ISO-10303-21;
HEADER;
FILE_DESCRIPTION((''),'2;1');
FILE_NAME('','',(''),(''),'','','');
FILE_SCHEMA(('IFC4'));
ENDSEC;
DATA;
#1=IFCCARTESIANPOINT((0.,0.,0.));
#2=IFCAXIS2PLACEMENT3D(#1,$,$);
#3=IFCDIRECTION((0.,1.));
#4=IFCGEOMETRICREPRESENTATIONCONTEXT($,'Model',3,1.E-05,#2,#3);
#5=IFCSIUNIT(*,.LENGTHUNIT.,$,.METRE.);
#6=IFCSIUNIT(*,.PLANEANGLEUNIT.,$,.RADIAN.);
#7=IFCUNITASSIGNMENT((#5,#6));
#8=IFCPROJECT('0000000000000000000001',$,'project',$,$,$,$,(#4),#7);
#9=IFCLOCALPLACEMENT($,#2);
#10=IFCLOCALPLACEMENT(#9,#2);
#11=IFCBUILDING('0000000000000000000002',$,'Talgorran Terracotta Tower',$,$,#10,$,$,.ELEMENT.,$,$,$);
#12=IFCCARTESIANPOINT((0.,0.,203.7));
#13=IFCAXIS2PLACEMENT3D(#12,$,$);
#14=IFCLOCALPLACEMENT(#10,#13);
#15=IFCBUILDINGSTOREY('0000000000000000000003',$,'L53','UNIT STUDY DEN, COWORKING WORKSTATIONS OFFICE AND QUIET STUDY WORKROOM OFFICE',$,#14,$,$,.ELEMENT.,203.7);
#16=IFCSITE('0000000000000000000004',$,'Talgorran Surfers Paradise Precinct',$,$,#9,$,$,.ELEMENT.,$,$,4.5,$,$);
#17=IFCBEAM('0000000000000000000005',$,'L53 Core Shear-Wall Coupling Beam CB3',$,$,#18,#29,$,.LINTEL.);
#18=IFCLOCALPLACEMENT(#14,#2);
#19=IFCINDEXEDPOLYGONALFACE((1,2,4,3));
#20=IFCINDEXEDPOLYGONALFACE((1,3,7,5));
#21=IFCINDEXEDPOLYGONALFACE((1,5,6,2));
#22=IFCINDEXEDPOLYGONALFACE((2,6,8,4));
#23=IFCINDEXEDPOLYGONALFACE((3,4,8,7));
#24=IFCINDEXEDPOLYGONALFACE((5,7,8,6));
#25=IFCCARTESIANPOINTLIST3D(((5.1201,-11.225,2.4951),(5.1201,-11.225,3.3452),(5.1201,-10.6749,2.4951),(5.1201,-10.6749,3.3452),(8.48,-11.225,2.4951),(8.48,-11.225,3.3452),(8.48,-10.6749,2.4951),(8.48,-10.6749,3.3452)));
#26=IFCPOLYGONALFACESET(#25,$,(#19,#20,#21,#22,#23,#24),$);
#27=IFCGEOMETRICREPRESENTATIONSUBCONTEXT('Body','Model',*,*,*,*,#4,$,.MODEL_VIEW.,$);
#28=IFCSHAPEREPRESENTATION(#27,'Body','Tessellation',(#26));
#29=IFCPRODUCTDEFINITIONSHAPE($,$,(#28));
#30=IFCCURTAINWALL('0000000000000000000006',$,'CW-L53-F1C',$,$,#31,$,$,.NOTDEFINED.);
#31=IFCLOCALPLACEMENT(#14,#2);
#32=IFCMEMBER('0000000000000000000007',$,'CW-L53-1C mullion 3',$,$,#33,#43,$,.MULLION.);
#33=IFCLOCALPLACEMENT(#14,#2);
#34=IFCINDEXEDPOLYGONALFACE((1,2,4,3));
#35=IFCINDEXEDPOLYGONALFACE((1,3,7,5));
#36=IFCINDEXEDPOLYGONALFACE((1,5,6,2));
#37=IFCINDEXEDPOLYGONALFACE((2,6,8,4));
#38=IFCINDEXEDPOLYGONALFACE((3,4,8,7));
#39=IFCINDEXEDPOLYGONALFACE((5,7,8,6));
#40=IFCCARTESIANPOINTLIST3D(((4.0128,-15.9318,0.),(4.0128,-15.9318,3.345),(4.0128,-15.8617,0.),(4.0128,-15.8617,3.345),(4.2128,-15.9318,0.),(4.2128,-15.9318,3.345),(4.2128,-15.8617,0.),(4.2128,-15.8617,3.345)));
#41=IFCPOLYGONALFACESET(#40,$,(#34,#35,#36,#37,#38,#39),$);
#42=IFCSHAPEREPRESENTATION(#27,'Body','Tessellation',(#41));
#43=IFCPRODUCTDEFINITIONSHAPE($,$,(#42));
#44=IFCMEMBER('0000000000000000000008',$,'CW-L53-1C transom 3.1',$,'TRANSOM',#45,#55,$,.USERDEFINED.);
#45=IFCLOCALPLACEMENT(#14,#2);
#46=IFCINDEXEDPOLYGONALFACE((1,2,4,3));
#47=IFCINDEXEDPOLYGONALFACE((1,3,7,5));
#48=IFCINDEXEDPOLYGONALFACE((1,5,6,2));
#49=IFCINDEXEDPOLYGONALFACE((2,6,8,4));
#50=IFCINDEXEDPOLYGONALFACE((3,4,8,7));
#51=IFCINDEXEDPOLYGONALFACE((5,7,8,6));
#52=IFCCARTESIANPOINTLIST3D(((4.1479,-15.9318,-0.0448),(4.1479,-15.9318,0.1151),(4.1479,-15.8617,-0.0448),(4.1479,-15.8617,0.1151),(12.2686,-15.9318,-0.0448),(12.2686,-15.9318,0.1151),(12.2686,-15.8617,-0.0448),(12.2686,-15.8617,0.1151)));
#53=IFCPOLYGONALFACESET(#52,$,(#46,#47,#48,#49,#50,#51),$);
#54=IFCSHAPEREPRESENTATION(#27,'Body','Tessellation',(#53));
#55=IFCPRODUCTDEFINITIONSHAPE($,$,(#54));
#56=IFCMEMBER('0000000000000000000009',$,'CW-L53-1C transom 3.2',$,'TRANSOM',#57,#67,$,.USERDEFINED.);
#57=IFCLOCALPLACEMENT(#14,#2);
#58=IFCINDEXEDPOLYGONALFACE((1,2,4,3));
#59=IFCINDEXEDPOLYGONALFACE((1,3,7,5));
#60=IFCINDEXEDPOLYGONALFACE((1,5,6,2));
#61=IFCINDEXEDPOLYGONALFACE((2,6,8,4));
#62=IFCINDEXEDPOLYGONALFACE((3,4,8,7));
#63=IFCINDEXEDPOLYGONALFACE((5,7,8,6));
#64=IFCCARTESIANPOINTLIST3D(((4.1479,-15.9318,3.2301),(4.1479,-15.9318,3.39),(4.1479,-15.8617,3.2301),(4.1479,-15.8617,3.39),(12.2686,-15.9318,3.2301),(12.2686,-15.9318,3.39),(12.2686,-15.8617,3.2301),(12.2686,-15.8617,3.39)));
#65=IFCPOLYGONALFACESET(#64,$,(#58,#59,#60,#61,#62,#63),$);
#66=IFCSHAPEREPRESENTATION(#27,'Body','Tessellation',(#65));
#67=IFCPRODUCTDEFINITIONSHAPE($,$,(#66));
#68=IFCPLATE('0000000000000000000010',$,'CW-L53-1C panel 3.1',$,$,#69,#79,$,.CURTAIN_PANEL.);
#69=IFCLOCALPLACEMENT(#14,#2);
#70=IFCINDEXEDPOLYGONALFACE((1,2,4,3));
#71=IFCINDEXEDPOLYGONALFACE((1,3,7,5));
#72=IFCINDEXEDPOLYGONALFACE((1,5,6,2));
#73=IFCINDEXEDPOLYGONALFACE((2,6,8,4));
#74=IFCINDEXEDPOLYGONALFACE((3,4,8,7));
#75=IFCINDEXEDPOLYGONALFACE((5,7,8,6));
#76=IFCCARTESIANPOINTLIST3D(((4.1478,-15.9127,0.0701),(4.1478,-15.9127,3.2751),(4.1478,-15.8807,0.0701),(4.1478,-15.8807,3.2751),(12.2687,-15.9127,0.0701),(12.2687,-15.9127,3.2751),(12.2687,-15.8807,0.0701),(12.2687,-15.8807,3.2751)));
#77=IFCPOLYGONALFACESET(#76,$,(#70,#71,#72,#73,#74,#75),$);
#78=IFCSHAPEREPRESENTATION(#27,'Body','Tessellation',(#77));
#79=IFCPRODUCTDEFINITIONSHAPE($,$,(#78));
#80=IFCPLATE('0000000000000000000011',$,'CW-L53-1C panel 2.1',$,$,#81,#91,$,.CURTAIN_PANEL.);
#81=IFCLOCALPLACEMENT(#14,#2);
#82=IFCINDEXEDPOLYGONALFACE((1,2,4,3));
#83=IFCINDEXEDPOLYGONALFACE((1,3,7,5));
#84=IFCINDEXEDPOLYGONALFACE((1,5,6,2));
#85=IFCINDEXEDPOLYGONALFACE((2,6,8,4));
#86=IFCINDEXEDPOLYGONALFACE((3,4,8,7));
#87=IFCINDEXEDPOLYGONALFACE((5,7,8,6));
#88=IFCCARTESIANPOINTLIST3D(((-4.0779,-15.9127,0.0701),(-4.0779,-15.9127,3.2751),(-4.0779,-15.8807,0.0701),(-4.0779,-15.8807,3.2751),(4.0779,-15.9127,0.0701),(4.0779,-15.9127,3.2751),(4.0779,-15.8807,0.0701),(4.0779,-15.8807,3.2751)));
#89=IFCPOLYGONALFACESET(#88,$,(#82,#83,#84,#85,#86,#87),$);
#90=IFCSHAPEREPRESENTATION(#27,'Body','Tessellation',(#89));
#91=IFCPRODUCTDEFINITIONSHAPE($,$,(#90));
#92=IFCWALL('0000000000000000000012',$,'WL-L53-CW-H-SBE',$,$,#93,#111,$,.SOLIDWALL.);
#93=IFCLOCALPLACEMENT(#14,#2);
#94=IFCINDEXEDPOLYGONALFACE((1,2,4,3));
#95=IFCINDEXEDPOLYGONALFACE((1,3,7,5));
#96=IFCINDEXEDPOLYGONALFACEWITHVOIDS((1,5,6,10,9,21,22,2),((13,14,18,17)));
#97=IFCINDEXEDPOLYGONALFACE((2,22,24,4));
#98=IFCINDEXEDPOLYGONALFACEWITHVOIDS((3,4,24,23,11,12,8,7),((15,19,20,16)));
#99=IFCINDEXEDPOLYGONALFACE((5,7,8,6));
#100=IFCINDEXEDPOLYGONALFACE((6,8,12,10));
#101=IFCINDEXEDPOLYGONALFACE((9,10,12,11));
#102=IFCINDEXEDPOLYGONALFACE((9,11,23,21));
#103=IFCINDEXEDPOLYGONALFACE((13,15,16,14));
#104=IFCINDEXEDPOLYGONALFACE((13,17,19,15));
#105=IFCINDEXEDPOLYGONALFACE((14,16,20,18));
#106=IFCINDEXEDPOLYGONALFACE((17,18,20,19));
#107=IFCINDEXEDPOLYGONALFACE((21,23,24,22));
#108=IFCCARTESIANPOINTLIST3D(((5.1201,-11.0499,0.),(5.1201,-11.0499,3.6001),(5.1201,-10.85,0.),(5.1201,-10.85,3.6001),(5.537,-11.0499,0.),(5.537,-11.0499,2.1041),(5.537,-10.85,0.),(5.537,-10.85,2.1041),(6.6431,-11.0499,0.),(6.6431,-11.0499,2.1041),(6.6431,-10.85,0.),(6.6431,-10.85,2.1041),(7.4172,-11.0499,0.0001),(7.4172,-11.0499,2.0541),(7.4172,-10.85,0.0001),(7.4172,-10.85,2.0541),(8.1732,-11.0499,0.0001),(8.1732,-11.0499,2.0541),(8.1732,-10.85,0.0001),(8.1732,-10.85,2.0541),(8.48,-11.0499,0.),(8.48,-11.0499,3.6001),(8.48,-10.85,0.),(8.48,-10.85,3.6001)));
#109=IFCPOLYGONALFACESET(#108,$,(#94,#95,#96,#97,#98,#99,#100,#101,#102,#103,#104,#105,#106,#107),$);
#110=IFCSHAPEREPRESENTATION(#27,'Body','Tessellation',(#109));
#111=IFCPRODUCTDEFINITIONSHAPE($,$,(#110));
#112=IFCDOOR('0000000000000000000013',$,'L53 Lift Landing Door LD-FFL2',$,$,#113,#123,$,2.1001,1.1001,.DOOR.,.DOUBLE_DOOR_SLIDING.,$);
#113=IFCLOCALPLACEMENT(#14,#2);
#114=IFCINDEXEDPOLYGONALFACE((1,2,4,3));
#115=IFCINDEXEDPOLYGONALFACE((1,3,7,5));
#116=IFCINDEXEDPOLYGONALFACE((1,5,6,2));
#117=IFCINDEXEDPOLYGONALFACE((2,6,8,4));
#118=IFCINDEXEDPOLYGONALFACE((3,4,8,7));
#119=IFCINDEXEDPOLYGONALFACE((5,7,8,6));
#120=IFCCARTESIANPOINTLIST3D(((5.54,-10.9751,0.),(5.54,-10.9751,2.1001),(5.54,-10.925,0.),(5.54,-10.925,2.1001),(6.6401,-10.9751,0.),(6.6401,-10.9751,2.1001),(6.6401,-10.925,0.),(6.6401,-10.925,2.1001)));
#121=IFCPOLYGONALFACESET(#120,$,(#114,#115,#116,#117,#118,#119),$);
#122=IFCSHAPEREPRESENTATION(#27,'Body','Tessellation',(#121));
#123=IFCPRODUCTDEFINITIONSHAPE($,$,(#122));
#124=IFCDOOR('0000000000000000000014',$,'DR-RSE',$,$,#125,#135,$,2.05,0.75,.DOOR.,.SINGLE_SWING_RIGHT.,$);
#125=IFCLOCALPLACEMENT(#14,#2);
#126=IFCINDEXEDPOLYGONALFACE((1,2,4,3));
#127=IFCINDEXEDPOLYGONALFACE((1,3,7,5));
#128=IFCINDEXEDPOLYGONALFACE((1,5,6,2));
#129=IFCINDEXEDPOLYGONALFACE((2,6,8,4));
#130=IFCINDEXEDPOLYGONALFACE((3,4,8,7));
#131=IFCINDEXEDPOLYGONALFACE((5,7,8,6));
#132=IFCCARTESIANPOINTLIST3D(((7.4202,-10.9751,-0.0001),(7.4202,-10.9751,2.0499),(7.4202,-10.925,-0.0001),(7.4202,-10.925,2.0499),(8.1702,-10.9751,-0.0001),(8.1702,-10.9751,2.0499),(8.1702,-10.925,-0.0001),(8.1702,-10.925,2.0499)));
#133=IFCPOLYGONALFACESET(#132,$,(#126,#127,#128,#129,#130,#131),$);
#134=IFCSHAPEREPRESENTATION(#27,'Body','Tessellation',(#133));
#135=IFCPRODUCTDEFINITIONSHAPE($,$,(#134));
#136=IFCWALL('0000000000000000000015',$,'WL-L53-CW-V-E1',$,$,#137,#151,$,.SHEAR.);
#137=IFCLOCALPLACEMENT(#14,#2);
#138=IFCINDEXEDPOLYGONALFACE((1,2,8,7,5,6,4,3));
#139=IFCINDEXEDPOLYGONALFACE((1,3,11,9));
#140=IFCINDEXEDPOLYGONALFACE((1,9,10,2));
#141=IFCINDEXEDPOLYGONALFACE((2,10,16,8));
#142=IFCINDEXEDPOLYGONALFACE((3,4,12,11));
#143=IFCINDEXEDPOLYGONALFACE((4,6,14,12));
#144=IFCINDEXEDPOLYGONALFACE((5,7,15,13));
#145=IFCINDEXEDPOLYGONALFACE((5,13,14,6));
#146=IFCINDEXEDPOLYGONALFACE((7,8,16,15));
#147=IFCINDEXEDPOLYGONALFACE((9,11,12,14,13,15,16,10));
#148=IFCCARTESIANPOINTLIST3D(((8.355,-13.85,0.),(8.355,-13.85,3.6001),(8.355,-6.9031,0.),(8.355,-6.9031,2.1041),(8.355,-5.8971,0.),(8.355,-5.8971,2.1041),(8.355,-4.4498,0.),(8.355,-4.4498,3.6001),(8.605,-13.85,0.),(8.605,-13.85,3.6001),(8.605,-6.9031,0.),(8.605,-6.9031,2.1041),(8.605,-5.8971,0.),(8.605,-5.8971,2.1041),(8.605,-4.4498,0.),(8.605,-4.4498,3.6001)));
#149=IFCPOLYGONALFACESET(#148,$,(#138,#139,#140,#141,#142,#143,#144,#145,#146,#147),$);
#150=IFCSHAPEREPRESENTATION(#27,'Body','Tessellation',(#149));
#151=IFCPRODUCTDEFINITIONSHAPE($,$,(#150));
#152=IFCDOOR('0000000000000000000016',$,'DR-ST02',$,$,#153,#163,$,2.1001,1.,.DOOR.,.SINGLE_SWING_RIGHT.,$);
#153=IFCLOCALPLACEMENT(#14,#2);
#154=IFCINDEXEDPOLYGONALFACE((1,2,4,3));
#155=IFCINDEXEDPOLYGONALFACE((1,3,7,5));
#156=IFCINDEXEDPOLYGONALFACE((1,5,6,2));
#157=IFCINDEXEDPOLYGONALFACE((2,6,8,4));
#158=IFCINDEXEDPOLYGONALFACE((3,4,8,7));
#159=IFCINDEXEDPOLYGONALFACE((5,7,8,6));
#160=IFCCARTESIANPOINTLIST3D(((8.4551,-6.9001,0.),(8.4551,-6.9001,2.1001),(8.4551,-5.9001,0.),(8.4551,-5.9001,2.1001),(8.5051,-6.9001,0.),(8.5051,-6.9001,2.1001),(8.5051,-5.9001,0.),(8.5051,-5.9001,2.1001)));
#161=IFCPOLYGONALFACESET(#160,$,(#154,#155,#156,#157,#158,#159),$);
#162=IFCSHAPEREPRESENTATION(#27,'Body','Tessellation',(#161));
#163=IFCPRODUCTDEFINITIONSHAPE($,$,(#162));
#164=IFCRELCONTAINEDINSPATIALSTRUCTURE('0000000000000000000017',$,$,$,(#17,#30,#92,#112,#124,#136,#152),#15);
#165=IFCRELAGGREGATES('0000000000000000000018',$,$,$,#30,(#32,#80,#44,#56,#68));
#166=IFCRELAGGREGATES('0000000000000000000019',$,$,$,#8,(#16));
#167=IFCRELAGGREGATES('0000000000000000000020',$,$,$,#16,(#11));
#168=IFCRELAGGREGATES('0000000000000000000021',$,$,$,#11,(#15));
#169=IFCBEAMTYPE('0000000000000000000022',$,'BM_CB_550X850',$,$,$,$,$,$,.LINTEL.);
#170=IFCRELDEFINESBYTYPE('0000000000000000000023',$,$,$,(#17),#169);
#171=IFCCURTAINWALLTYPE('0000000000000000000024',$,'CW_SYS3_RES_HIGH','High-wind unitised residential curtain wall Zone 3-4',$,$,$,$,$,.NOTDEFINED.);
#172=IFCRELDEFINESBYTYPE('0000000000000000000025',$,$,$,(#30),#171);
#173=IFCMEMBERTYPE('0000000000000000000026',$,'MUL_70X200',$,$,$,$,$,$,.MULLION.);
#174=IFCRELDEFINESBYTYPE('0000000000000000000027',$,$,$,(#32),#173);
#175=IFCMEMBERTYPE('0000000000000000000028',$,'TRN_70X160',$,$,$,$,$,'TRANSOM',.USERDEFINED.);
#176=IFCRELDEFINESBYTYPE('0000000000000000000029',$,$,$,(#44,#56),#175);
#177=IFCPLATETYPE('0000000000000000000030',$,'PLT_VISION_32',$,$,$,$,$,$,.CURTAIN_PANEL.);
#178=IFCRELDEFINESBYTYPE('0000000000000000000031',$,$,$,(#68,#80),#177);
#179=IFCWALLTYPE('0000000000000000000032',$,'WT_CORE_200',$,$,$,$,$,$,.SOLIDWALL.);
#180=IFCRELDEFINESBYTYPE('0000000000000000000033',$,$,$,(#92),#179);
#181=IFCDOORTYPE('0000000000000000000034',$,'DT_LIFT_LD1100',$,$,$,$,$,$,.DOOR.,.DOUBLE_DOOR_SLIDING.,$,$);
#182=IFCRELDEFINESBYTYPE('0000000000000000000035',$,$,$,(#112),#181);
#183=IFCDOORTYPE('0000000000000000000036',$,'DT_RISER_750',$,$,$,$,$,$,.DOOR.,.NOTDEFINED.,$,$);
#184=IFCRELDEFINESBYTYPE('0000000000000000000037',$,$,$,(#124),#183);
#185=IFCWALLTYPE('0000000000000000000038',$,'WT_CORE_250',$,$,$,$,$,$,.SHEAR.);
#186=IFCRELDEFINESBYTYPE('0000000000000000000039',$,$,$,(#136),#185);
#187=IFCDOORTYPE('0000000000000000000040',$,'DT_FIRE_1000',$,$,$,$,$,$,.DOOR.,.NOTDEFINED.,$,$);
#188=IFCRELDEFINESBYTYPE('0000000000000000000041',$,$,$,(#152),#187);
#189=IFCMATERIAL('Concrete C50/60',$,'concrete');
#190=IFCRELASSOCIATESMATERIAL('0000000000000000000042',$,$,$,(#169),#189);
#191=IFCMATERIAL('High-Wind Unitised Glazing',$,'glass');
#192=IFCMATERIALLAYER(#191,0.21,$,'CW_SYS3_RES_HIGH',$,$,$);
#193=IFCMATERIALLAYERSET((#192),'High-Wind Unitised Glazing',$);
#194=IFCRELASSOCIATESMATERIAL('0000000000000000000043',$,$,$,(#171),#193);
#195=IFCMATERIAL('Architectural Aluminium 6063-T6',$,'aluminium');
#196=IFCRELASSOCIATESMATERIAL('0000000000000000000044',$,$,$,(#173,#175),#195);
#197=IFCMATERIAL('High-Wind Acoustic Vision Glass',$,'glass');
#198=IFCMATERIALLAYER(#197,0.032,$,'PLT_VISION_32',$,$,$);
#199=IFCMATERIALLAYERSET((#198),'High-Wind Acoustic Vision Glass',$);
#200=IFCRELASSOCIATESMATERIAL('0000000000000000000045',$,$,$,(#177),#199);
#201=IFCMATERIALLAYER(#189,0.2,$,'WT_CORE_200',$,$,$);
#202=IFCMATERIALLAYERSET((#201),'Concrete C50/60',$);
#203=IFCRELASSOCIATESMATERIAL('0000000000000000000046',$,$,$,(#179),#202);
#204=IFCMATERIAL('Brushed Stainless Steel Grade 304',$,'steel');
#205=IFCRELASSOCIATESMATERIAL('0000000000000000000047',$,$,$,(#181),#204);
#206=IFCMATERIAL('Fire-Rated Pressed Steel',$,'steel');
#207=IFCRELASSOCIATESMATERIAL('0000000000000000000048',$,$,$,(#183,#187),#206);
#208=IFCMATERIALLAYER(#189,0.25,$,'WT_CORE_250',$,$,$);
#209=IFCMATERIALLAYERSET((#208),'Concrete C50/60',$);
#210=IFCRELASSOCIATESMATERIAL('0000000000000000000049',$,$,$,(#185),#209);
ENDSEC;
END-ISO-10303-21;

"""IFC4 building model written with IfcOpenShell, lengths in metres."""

from ifc_helpers import new_model, si_unit, direction, frame, frame_2d, origin, origin_2d, place, context, subcontext, project, spatial, rectangle, extrude, source, transform, mapped, material, layer, layer_set, material_profile, profile_set, type_object, type_shapes, element, fill, aggregate, save


model = new_model("IFC4")

# Units and contexts
model_context = context("Model", 3, precision=1e-05, world=origin(), true_north=direction((0.0, 1.0)))
body_context = subcontext(model_context, "Body", "Model", "MODEL_VIEW")
ifc_project = project(units=[si_unit("LENGTHUNIT", "METRE"), si_unit("PLANEANGLEUNIT", "RADIAN")], contexts=[model_context])

# Site, building, storey
site_placement = place(None, origin())
site = spatial("IfcSite", under=ifc_project, at=site_placement, Name="Talgorran Surfers Paradise Precinct", CompositionType="ELEMENT", RefElevation=4.5)
building_placement = place(site_placement, origin())
building = spatial("IfcBuilding", under=site, at=building_placement, Name="Talgorran Terracotta Tower", CompositionType="ELEMENT")
storey_placement = place(building_placement, frame((0.0, 0.0, 203.7)))
storey = spatial("IfcBuildingStorey", under=building, at=storey_placement, Name="L53", Description="UNIT STUDY DEN, COWORKING WORKSTATIONS OFFICE AND QUIET STUDY WORKROOM OFFICE", CompositionType="ELEMENT", Elevation=203.7)

# Beam
ifc_material_1 = material(Name="Concrete C50/60", Category="concrete")
ifc_material_profile_1 = material_profile(ifc_material_1, rectangle(XDim=0.55, YDim=0.8501, at=origin_2d()), Name="RCCB550X850")
ifc_profile_set_1 = profile_set([ifc_material_profile_1], Name="Concrete C50/60")
beam_type = type_object("IfcBeamType", Name="BM_CB_550X850", PredefinedType="LINTEL", material=ifc_profile_set_1)
beam_placement = place(storey_placement, frame((5.1201, -10.95, 2.9202), z_axis=(1.0, 0.0, 0.0), x_axis=(0.0, 1.0, 0.0)))
element("IfcBeam", 1, at=beam_placement, inside=storey, type_object=beam_type, Name="L53 Core Shear-Wall Coupling Beam CB3", PredefinedType="LINTEL", context=body_context, shape_type="SweptSolid", body=[
    extrude(rectangle(XDim=0.55, YDim=0.8501, at=origin_2d()), origin(), (0.0, 0.0, 1.0), 3.3599),
])

# Curtain wall, members, plates
ifc_material_2 = material(Name="High-Wind Unitised Glazing", Category="glass")
ifc_layer_1 = layer(ifc_material_2, 0.21, Name="CW_SYS3_RES_HIGH")
ifc_layer_set_1 = layer_set([ifc_layer_1], Name="High-Wind Unitised Glazing")
curtain_wall_type = type_object("IfcCurtainWallType", Name="CW_SYS3_RES_HIGH", Description="High-wind unitised residential curtain wall Zone 3-4", PredefinedType="NOTDEFINED", material=ifc_layer_set_1)
curtain_wall_placement = place(storey_placement, origin())
curtain_wall = element("IfcCurtainWall", 2, at=curtain_wall_placement, inside=storey, type_object=curtain_wall_type, Name="CW-L53-F1C", PredefinedType="NOTDEFINED")
ifc_material_3 = material(Name="Architectural Aluminium 6063-T6", Category="aluminium")
ifc_material_profile_2 = material_profile(ifc_material_3, rectangle(XDim=0.0701, YDim=0.2, at=origin_2d()), Name="CWM70X200")
ifc_profile_set_2 = profile_set([ifc_material_profile_2], Name="Architectural Aluminium 6063-T6")
member_type_1 = type_object("IfcMemberType", Name="MUL_70X200", PredefinedType="MULLION", material=ifc_profile_set_2)
member_1_placement = place(storey_placement, frame((4.1128, -15.8967, 0.0), z_axis=(0.0, 0.0, 1.0), x_axis=(0.0, 1.0, 0.0)))
member_1 = element("IfcMember", 3, at=member_1_placement, type_object=member_type_1, Name="CW-L53-1C mullion 3", PredefinedType="MULLION", context=body_context, shape_type="SweptSolid", body=[
    extrude(rectangle(XDim=0.0701, YDim=0.2, at=origin_2d()), origin(), (0.0, 0.0, 1.0), 3.345),
])
ifc_material_profile_3 = material_profile(ifc_material_3, rectangle(XDim=0.0701, YDim=0.1599, at=origin_2d()), Name="CWT70X160")
ifc_profile_set_3 = profile_set([ifc_material_profile_3], Name="Architectural Aluminium 6063-T6")
member_type_2 = type_object("IfcMemberType", Name="TRN_70X160", ElementType="TRANSOM", PredefinedType="USERDEFINED", material=ifc_profile_set_3)
member_2_placement = place(storey_placement, frame((4.1479, -15.8967, 0.0352), z_axis=(1.0, 0.0, 0.0), x_axis=(0.0, 1.0, 0.0)))
member_2 = element("IfcMember", 4, at=member_2_placement, type_object=member_type_2, Name="CW-L53-1C transom 3.1", ObjectType="TRANSOM", PredefinedType="USERDEFINED", context=body_context, shape_type="SweptSolid", body=[
    extrude(rectangle(XDim=0.0701, YDim=0.1599, at=origin_2d()), origin(), (0.0, 0.0, 1.0), 8.1206),
])
member_3_placement = place(storey_placement, frame((4.1479, -15.8967, 3.3101), z_axis=(1.0, 0.0, 0.0), x_axis=(0.0, 1.0, 0.0)))
member_3 = element("IfcMember", 5, at=member_3_placement, type_object=member_type_2, Name="CW-L53-1C transom 3.2", ObjectType="TRANSOM", PredefinedType="USERDEFINED", context=body_context, shape_type="SweptSolid", body=[
    extrude(rectangle(XDim=0.0701, YDim=0.1599, at=origin_2d()), origin(), (0.0, 0.0, 1.0), 8.1206),
])
ifc_material_4 = material(Name="High-Wind Acoustic Vision Glass", Category="glass")
ifc_layer_2 = layer(ifc_material_4, 0.032, Name="PLT_VISION_32")
ifc_layer_set_2 = layer_set([ifc_layer_2], Name="High-Wind Acoustic Vision Glass")
plate_type = type_object("IfcPlateType", Name="PLT_VISION_32", PredefinedType="CURTAIN_PANEL", material=ifc_layer_set_2)
shared_shape_1 = source(origin(), body_context, "Body", "SweptSolid", [
    extrude(rectangle(XDim=8.1208, YDim=0.032, at=origin_2d()), origin(), (0.0, 0.0, 1.0), 3.2051),
])
plate_1_placement = place(storey_placement, frame((8.2083, -15.8967, 0.0701), z_axis=(0.0, 0.0, 1.0), x_axis=(1.0, 0.0, 0.0)))
plate_1 = element("IfcPlate", 6, at=plate_1_placement, type_object=plate_type, Name="CW-L53-1C panel 3.1", PredefinedType="CURTAIN_PANEL", context=body_context, shape_type="MappedRepresentation", body=[
    mapped(shared_shape_1, transform((0.0, 0.0, 0.0), scale=1.0)),
])
shared_shape_2 = source(origin(), body_context, "Body", "SweptSolid", [
    extrude(rectangle(XDim=8.1558, YDim=0.032, at=origin_2d()), origin(), (0.0, 0.0, 1.0), 3.2051),
])
type_shapes(plate_type, [shared_shape_1, shared_shape_2])
plate_2_placement = place(storey_placement, frame((0.0, -15.8967, 0.0701), z_axis=(0.0, 0.0, 1.0), x_axis=(1.0, 0.0, 0.0)))
plate_2 = element("IfcPlate", 7, at=plate_2_placement, type_object=plate_type, Name="CW-L53-1C panel 2.1", PredefinedType="CURTAIN_PANEL", context=body_context, shape_type="MappedRepresentation", body=[
    mapped(shared_shape_2, transform((0.0, 0.0, 0.0), scale=1.0)),
])
aggregate(curtain_wall, [member_1, plate_2, member_2, member_3, plate_1])

# Wall, openings, doors
ifc_layer_3 = layer(ifc_material_1, 0.2, Name="WT_CORE_200")
ifc_layer_set_3 = layer_set([ifc_layer_3], Name="Concrete C50/60")
wall_type_1 = type_object("IfcWallType", Name="WT_CORE_200", PredefinedType="SOLIDWALL", material=ifc_layer_set_3)
wall_1_placement = place(storey_placement, frame((5.1201, -10.95, 0.0), z_axis=(0.0, 0.0, 1.0), x_axis=(1.0, 0.0, 0.0)))
wall_1 = element("IfcWall", 8, at=wall_1_placement, inside=storey, type_object=wall_type_1, Name="WL-L53-CW-H-SBE", PredefinedType="SOLIDWALL", context=body_context, shape_type="SweptSolid", body=[
    extrude(rectangle(XDim=3.3599, YDim=0.2, at=frame_2d((1.6799, 0.0))), origin(), (0.0, 0.0, 1.0), 3.6001),
])
opening_1_placement = place(wall_1_placement, frame((0.4199, 0.0, 0.0)))
opening_1 = element("IfcOpeningElement", 9, at=opening_1_placement, cuts=wall_1, PredefinedType="OPENING", context=body_context, shape_type="SweptSolid", body=[
    extrude(rectangle(XDim=1.1061, YDim=2.1041, at=frame_2d((0.55, 1.052))), frame((0.0, 0.1099, 0.0), z_axis=(0.0, -1.0, 0.0), x_axis=(1.0, 0.0, 0.0)), (0.0, 0.0, 1.0), 0.22),
])
opening_2_placement = place(wall_1_placement, frame((2.3, 0.0, 0.0)))
opening_2 = element("IfcOpeningElement", 10, at=opening_2_placement, cuts=wall_1, PredefinedType="OPENING", context=body_context, shape_type="SweptSolid", body=[
    extrude(rectangle(XDim=0.756, YDim=2.054, at=frame_2d((0.375, 1.0271))), frame((0.0, 0.1099, 0.0), z_axis=(0.0, -1.0, 0.0), x_axis=(1.0, 0.0, 0.0)), (0.0, 0.0, 1.0), 0.22),
])
ifc_material_5 = material(Name="Brushed Stainless Steel Grade 304", Category="steel")
door_type_1 = type_object("IfcDoorType", Name="DT_LIFT_LD1100", OperationType="DOUBLE_DOOR_SLIDING", PredefinedType="DOOR", material=ifc_material_5)
door_1_placement = place(opening_1_placement, origin())
door_1 = element("IfcDoor", 11, at=door_1_placement, inside=storey, type_object=door_type_1, Name="L53 Lift Landing Door LD-FFL2", OperationType="DOUBLE_DOOR_SLIDING", OverallHeight=2.1001, OverallWidth=1.1001, PredefinedType="DOOR", context=body_context, shape_type="SweptSolid", body=[
    extrude(rectangle(XDim=1.1001, YDim=2.1001, at=frame_2d((0.55, 1.05))), frame((0.0, 0.0249, 0.0), z_axis=(0.0, -1.0, 0.0), x_axis=(1.0, 0.0, 0.0)), (0.0, 0.0, 1.0), 0.05),
])
fill(opening_1, door_1)
ifc_material_6 = material(Name="Fire-Rated Pressed Steel", Category="steel")
door_type_2 = type_object("IfcDoorType", Name="DT_RISER_750", OperationType="NOTDEFINED", PredefinedType="DOOR", material=ifc_material_6)
door_2_placement = place(opening_2_placement, origin())
door_2 = element("IfcDoor", 12, at=door_2_placement, inside=storey, type_object=door_type_2, Name="DR-RSE", OperationType="SINGLE_SWING_RIGHT", OverallHeight=2.05, OverallWidth=0.75, PredefinedType="DOOR", context=body_context, shape_type="SweptSolid", body=[
    extrude(rectangle(XDim=0.75, YDim=2.05, at=frame_2d((0.375, 1.0249))), frame((0.0, 0.0249, 0.0), z_axis=(0.0, -1.0, 0.0), x_axis=(1.0, 0.0, 0.0)), (0.0, 0.0, 1.0), 0.05),
])
fill(opening_2, door_2)

# Wall, opening, door
ifc_layer_4 = layer(ifc_material_1, 0.25, Name="WT_CORE_250")
ifc_layer_set_4 = layer_set([ifc_layer_4], Name="Concrete C50/60")
wall_type_2 = type_object("IfcWallType", Name="WT_CORE_250", PredefinedType="SHEAR", material=ifc_layer_set_4)
wall_2_placement = place(storey_placement, frame((8.48, -13.8501, 0.0), z_axis=(0.0, 0.0, 1.0), x_axis=(0.0, 1.0, 0.0)))
wall_2 = element("IfcWall", 13, at=wall_2_placement, inside=storey, type_object=wall_type_2, Name="WL-L53-CW-V-E1", PredefinedType="SHEAR", context=body_context, shape_type="SweptSolid", body=[
    extrude(rectangle(XDim=9.4001, YDim=0.25, at=frame_2d((4.7002, 0.0))), origin(), (0.0, 0.0, 1.0), 3.6001),
])
opening_3_placement = place(wall_2_placement, frame((6.95, 0.0, 0.0)))
opening_3 = element("IfcOpeningElement", 14, at=opening_3_placement, cuts=wall_2, PredefinedType="OPENING", context=body_context, shape_type="SweptSolid", body=[
    extrude(rectangle(XDim=1.006, YDim=2.1041, at=frame_2d((0.5, 1.052))), frame((0.0, 0.135, 0.0), z_axis=(0.0, -1.0, 0.0), x_axis=(1.0, 0.0, 0.0)), (0.0, 0.0, 1.0), 0.27),
])
door_type_3 = type_object("IfcDoorType", Name="DT_FIRE_1000", OperationType="NOTDEFINED", PredefinedType="DOOR", material=ifc_material_6)
door_3_placement = place(opening_3_placement, origin())
door_3 = element("IfcDoor", 15, at=door_3_placement, inside=storey, type_object=door_type_3, Name="DR-ST02", OperationType="SINGLE_SWING_RIGHT", OverallHeight=2.1001, OverallWidth=1.0, PredefinedType="DOOR", context=body_context, shape_type="SweptSolid", body=[
    extrude(rectangle(XDim=1.0, YDim=2.1001, at=frame_2d((0.5, 1.05))), frame((0.0, 0.0249, 0.0), z_axis=(0.0, -1.0, 0.0), x_axis=(1.0, 0.0, 0.0)), (0.0, 0.0, 1.0), 0.05),
])
fill(opening_3, door_3)

save(model, "model.ifc")
